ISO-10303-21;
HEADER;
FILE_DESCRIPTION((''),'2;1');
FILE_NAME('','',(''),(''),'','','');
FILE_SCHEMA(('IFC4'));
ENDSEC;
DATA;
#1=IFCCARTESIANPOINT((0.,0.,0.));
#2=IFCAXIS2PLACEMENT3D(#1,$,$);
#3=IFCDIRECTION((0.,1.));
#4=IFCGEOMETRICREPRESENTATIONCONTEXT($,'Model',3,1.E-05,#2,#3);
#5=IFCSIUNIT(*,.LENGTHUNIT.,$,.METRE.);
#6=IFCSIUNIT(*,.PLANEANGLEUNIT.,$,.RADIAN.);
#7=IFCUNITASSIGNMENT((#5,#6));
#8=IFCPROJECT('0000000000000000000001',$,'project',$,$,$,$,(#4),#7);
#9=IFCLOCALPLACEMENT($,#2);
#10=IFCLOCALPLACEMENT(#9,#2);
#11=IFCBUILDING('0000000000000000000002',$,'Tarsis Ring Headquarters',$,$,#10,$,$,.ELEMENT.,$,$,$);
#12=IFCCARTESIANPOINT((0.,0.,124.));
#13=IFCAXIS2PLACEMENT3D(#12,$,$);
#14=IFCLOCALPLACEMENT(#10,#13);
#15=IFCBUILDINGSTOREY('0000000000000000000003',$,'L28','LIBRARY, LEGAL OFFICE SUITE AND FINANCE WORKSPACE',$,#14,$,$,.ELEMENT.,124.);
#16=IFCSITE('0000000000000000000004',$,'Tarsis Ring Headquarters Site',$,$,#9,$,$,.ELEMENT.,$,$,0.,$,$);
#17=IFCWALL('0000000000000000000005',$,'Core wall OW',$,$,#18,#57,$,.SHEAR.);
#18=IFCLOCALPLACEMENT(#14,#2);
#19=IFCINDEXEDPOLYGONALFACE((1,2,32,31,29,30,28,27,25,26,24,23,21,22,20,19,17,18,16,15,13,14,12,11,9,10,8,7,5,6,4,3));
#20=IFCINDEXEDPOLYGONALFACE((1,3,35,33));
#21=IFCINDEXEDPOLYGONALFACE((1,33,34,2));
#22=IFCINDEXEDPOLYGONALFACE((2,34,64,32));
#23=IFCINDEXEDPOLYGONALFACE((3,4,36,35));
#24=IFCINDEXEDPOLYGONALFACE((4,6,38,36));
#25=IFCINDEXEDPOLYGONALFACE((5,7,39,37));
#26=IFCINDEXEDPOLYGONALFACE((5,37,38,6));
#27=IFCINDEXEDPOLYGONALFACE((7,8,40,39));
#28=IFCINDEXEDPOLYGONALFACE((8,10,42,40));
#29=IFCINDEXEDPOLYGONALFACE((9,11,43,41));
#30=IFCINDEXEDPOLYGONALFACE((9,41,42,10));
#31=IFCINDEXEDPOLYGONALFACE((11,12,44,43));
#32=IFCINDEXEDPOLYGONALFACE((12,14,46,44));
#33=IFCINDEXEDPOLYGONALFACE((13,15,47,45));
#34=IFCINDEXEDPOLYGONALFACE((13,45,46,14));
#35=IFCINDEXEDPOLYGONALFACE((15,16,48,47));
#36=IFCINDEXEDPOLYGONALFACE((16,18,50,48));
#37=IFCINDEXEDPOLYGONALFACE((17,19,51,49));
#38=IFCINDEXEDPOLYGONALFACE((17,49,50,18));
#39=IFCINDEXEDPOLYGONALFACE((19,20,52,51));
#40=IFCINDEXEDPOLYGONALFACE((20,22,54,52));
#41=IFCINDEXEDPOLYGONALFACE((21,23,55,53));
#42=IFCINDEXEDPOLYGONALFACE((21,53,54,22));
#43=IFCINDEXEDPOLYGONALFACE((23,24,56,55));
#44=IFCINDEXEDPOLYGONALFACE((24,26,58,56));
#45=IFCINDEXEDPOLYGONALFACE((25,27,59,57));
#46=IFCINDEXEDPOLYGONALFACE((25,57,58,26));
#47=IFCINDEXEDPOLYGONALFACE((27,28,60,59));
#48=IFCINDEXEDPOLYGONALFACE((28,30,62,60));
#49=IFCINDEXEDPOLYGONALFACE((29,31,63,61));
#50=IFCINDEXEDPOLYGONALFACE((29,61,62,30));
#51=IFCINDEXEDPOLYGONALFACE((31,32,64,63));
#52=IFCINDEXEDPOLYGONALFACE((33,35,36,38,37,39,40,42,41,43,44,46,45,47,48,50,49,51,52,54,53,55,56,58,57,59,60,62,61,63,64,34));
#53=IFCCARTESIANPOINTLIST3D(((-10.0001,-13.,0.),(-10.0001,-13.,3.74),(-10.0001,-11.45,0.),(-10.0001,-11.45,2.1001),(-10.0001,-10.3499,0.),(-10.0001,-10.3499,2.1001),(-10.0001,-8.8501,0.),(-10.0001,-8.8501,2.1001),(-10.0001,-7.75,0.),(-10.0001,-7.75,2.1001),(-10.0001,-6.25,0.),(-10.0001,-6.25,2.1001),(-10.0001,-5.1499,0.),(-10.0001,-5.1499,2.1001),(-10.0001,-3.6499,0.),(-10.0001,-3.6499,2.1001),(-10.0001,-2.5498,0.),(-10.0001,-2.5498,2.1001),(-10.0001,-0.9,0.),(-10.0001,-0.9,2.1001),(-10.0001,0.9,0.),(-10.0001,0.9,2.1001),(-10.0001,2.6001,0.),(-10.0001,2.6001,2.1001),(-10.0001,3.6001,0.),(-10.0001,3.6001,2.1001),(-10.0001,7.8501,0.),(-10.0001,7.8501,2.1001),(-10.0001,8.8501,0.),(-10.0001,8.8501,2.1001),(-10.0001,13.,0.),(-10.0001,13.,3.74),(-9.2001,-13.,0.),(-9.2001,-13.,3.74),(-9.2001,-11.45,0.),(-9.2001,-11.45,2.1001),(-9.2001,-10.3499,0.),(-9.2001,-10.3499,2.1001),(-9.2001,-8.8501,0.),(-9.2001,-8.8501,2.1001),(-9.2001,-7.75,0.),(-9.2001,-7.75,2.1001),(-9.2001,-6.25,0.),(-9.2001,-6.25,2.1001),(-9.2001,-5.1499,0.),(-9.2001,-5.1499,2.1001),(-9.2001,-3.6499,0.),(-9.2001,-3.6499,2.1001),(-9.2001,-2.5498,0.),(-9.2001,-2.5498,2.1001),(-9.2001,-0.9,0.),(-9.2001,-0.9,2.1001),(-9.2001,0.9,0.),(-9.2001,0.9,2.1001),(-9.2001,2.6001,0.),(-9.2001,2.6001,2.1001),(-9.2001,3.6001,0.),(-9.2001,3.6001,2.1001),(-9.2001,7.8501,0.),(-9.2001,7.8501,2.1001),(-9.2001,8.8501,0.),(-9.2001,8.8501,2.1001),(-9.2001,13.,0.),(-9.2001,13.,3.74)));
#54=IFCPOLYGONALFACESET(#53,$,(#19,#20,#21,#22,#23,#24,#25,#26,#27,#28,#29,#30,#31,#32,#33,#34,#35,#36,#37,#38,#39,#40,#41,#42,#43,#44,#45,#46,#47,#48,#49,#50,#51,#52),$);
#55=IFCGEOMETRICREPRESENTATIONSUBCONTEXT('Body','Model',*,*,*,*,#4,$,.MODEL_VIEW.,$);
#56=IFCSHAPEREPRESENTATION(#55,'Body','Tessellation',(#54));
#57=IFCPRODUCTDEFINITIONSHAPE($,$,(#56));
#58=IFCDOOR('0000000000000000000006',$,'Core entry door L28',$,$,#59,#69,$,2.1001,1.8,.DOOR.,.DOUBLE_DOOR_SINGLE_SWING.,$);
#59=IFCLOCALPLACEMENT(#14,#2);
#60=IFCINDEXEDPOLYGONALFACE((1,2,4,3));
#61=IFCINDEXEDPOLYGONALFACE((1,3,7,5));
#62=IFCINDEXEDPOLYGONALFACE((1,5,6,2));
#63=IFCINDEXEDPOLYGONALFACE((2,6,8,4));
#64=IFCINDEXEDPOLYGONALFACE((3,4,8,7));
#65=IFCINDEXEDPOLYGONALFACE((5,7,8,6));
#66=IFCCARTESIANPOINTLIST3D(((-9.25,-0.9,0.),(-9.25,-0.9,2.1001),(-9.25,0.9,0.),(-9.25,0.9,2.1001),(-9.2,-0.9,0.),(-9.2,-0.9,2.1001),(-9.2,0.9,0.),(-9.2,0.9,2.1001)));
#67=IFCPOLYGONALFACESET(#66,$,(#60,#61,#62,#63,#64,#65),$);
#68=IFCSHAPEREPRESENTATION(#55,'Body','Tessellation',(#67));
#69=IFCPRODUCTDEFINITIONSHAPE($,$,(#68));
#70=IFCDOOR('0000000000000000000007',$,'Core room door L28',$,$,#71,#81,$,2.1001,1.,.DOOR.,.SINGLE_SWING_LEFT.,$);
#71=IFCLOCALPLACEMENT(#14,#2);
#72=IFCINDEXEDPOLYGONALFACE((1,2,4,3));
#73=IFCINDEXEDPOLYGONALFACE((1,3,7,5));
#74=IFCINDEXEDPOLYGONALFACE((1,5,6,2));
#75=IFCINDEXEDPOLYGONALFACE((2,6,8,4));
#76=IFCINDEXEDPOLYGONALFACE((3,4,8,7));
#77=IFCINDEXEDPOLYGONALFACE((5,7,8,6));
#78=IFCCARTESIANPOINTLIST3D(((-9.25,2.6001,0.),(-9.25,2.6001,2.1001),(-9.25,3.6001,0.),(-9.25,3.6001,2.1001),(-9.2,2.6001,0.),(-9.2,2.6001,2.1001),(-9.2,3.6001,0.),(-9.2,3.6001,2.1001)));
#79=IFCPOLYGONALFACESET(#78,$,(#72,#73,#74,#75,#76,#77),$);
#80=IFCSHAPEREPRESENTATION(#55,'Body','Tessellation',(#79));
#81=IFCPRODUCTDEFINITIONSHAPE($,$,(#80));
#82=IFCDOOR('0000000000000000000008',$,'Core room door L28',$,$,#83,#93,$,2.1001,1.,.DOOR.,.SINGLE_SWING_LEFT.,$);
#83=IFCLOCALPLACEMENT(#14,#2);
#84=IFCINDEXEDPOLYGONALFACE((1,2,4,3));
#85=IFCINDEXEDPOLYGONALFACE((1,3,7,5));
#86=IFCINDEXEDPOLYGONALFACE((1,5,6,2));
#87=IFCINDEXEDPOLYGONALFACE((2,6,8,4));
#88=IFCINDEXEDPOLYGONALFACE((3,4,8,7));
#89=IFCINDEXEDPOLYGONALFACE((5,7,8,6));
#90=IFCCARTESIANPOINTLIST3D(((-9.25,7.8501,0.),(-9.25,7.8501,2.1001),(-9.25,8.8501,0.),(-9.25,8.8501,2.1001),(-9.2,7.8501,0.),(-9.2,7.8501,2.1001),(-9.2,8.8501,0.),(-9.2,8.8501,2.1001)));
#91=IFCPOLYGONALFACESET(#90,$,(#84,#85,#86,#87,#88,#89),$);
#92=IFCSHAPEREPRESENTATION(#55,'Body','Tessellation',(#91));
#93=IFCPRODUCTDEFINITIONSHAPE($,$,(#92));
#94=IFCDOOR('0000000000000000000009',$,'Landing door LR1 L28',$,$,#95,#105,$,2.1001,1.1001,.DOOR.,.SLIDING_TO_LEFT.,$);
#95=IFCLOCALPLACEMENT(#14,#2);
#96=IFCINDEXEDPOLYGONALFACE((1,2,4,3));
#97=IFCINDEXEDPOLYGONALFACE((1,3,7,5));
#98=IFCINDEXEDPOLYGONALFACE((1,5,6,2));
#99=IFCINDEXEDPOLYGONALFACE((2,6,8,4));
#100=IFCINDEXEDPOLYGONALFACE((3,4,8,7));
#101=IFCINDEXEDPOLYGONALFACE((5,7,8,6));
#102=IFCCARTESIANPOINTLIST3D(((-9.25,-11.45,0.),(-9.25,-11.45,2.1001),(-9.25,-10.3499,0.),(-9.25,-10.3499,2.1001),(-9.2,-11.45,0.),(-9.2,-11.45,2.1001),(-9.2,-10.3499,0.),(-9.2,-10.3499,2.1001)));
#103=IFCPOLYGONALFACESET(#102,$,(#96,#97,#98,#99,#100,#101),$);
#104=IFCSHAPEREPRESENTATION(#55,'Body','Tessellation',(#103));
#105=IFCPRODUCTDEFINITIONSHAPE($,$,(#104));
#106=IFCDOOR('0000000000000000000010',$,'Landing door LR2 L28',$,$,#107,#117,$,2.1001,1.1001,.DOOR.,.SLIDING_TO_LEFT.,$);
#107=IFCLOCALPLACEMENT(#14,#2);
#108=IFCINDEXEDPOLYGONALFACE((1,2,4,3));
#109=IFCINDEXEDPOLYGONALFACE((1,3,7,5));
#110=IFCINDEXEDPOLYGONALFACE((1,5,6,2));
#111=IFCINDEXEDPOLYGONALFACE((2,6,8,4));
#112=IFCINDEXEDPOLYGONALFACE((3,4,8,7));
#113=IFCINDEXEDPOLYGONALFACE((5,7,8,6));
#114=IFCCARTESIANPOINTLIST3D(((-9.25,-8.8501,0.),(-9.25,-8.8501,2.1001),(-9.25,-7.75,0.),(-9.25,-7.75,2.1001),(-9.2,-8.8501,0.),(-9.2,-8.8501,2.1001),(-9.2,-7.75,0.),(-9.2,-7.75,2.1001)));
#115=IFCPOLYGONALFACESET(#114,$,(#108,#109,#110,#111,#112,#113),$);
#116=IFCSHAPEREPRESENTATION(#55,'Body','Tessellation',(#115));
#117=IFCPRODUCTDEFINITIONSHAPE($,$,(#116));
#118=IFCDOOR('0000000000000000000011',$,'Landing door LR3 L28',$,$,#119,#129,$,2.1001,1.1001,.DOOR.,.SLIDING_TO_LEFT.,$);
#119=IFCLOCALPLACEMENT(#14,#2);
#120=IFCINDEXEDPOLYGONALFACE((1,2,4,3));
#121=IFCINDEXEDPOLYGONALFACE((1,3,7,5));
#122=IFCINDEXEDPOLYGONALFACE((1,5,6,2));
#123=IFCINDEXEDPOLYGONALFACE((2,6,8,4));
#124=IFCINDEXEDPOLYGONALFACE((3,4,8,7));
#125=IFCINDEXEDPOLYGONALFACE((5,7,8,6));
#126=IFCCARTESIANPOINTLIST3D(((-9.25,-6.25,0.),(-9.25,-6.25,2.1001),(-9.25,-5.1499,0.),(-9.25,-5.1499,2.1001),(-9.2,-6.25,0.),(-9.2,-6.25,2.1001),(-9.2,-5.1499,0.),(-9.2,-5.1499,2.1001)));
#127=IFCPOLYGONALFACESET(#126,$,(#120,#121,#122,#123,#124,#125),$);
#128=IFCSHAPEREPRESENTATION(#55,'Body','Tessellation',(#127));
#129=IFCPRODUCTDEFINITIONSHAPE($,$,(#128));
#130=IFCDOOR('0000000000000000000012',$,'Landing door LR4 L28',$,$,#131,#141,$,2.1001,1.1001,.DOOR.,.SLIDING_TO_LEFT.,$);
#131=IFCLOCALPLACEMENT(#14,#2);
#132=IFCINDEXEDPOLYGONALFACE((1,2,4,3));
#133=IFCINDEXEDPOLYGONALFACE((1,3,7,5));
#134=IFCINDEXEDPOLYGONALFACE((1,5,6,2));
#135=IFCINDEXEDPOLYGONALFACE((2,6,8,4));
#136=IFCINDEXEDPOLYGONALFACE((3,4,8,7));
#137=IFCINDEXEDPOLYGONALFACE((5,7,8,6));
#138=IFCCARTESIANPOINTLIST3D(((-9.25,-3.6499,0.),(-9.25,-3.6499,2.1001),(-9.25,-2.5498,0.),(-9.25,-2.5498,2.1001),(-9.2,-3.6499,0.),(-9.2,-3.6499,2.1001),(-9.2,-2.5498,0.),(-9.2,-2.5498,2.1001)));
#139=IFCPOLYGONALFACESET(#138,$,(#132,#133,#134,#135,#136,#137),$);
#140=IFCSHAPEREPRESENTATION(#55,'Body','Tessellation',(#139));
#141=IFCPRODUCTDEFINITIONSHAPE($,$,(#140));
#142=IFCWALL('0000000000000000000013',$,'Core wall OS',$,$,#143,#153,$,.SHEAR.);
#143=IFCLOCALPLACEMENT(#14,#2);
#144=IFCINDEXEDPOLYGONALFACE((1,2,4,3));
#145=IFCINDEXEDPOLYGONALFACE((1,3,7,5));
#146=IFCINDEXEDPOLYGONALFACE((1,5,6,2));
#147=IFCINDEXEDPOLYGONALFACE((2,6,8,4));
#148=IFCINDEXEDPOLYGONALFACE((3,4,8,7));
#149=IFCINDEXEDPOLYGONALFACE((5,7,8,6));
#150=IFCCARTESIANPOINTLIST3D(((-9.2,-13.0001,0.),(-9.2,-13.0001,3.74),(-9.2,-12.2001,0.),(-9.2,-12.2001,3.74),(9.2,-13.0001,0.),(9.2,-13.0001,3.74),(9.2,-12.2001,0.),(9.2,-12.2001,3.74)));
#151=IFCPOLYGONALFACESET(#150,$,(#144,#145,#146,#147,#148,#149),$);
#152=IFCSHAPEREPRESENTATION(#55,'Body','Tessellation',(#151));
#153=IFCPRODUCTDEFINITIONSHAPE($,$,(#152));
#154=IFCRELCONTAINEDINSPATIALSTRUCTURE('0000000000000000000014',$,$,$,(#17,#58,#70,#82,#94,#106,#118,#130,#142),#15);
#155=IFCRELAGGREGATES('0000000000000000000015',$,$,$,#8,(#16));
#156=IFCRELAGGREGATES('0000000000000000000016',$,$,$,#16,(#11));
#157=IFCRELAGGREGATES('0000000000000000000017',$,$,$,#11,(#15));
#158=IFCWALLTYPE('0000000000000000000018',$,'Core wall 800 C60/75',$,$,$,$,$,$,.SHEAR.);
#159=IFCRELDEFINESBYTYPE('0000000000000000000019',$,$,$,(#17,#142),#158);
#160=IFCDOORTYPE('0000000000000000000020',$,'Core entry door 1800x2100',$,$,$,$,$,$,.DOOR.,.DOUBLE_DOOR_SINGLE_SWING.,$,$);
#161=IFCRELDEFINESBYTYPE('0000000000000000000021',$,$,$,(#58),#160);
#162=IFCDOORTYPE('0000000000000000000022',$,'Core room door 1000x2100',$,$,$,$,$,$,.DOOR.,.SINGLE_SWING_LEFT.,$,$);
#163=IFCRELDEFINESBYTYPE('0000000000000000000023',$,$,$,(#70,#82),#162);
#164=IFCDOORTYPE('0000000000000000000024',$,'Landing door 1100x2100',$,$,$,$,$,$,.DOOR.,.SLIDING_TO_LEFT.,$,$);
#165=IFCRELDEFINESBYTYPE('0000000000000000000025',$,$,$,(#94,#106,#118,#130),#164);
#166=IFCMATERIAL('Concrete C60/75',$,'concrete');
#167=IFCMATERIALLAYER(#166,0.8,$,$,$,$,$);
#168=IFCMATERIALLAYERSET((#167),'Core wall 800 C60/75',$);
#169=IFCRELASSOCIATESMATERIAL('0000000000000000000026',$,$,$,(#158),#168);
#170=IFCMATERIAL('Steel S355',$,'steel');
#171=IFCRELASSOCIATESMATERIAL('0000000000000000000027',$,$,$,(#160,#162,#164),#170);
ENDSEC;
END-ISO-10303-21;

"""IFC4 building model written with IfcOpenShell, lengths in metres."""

from ifc_helpers import new_model, si_unit, direction, frame, frame_2d, origin, place, context, subcontext, project, spatial, rectangle, extrude, material, layer, layer_set, type_object, element, fill, save


model = new_model("IFC4")

# Units and contexts
model_context = context("Model", 3, precision=1e-05, world=origin(), true_north=direction((0.0, 1.0)))
body_context = subcontext(model_context, "Body", "Model", "MODEL_VIEW")
ifc_project = project(units=[si_unit("LENGTHUNIT", "METRE"), si_unit("PLANEANGLEUNIT", "RADIAN")], contexts=[model_context])

# Site, building, storey
site_placement = place(None, origin())
site = spatial("IfcSite", under=ifc_project, at=site_placement, Name="Tarsis Ring Headquarters Site", CompositionType="ELEMENT", RefElevation=0.0)
building_placement = place(site_placement, origin())
building = spatial("IfcBuilding", under=site, at=building_placement, Name="Tarsis Ring Headquarters", CompositionType="ELEMENT")
storey_placement = place(building_placement, frame((0.0, 0.0, 124.0)))
storey = spatial("IfcBuildingStorey", under=building, at=storey_placement, Name="L28", Description="LIBRARY, LEGAL OFFICE SUITE AND FINANCE WORKSPACE", CompositionType="ELEMENT", Elevation=124.0)

# Wall, openings, doors
ifc_material_1 = material(Name="Concrete C60/75", Category="concrete")
ifc_layer_1 = layer(ifc_material_1, 0.8)
ifc_layer_set_1 = layer_set([ifc_layer_1], Name="Core wall 800 C60/75")
wall_type_1 = type_object("IfcWallType", Name="Core wall 800 C60/75", PredefinedType="SHEAR", material=ifc_layer_set_1)
wall_1_placement = place(storey_placement, frame((-9.6001, -13.0, 0.0), z_axis=(0.0, 0.0, 1.0), x_axis=(0.0, 1.0, 0.0)))
wall_1 = element("IfcWall", 1, at=wall_1_placement, inside=storey, type_object=wall_type_1, Name="Core wall OW", PredefinedType="SHEAR", context=body_context, shape_type="SweptSolid", body=[
    extrude(rectangle(XDim=26.0, YDim=0.8, at=frame_2d((13.0, 0.0))), origin(), (0.0, 0.0, 1.0), 3.74),
])
opening_1_placement = place(wall_1_placement, frame((1.55, 0.0, 0.0)))
opening_1 = element("IfcOpeningElement", 2, at=opening_1_placement, cuts=wall_1, PredefinedType="OPENING", context=body_context, shape_type="SweptSolid", body=[
    extrude(rectangle(XDim=1.1001, YDim=2.1001, at=frame_2d((0.55, 1.05))), frame((0.0, 0.4099, 0.0), z_axis=(0.0, -1.0, 0.0), x_axis=(1.0, 0.0, 0.0)), (0.0, 0.0, 1.0), 0.8201),
])
opening_2_placement = place(wall_1_placement, frame((4.1499, 0.0, 0.0)))
opening_2 = element("IfcOpeningElement", 3, at=opening_2_placement, cuts=wall_1, PredefinedType="OPENING", context=body_context, shape_type="SweptSolid", body=[
    extrude(rectangle(XDim=1.1001, YDim=2.1001, at=frame_2d((0.55, 1.05))), frame((0.0, 0.4099, 0.0), z_axis=(0.0, -1.0, 0.0), x_axis=(1.0, 0.0, 0.0)), (0.0, 0.0, 1.0), 0.8201),
])
opening_3_placement = place(wall_1_placement, frame((6.75, 0.0, 0.0)))
opening_3 = element("IfcOpeningElement", 4, at=opening_3_placement, cuts=wall_1, PredefinedType="OPENING", context=body_context, shape_type="SweptSolid", body=[
    extrude(rectangle(XDim=1.1001, YDim=2.1001, at=frame_2d((0.55, 1.05))), frame((0.0, 0.4099, 0.0), z_axis=(0.0, -1.0, 0.0), x_axis=(1.0, 0.0, 0.0)), (0.0, 0.0, 1.0), 0.8201),
])
opening_4_placement = place(wall_1_placement, frame((9.3501, 0.0, 0.0)))
opening_4 = element("IfcOpeningElement", 5, at=opening_4_placement, cuts=wall_1, PredefinedType="OPENING", context=body_context, shape_type="SweptSolid", body=[
    extrude(rectangle(XDim=1.1001, YDim=2.1001, at=frame_2d((0.55, 1.05))), frame((0.0, 0.4099, 0.0), z_axis=(0.0, -1.0, 0.0), x_axis=(1.0, 0.0, 0.0)), (0.0, 0.0, 1.0), 0.8201),
])
opening_5_placement = place(wall_1_placement, frame((12.1001, 0.0, 0.0)))
opening_5 = element("IfcOpeningElement", 6, at=opening_5_placement, cuts=wall_1, PredefinedType="OPENING", context=body_context, shape_type="SweptSolid", body=[
    extrude(rectangle(XDim=1.8, YDim=2.1001, at=frame_2d((0.8999, 1.05))), frame((0.0, 0.4099, 0.0), z_axis=(0.0, -1.0, 0.0), x_axis=(1.0, 0.0, 0.0)), (0.0, 0.0, 1.0), 0.8201),
])
opening_6_placement = place(wall_1_placement, frame((15.6001, 0.0, 0.0)))
opening_6 = element("IfcOpeningElement", 7, at=opening_6_placement, cuts=wall_1, PredefinedType="OPENING", context=body_context, shape_type="SweptSolid", body=[
    extrude(rectangle(XDim=1.0, YDim=2.1001, at=frame_2d((0.5, 1.05))), frame((0.0, 0.4099, 0.0), z_axis=(0.0, -1.0, 0.0), x_axis=(1.0, 0.0, 0.0)), (0.0, 0.0, 1.0), 0.8201),
])
opening_7_placement = place(wall_1_placement, frame((20.8501, 0.0, 0.0)))
opening_7 = element("IfcOpeningElement", 8, at=opening_7_placement, cuts=wall_1, PredefinedType="OPENING", context=body_context, shape_type="SweptSolid", body=[
    extrude(rectangle(XDim=1.0, YDim=2.1001, at=frame_2d((0.5, 1.05))), frame((0.0, 0.4099, 0.0), z_axis=(0.0, -1.0, 0.0), x_axis=(1.0, 0.0, 0.0)), (0.0, 0.0, 1.0), 0.8201),
])
ifc_material_2 = material(Name="Steel S355", Category="steel")
door_type_1 = type_object("IfcDoorType", Name="Core entry door 1800x2100", OperationType="DOUBLE_DOOR_SINGLE_SWING", PredefinedType="DOOR", material=ifc_material_2)
door_1_placement = place(opening_5_placement, origin())
door_1 = element("IfcDoor", 9, at=door_1_placement, inside=storey, type_object=door_type_1, Name="Core entry door L28", OperationType="DOUBLE_DOOR_SINGLE_SWING", OverallHeight=2.1001, OverallWidth=1.8, PredefinedType="DOOR", context=body_context, shape_type="SweptSolid", body=[
    extrude(rectangle(XDim=1.8, YDim=2.1001, at=frame_2d((0.8999, 1.05))), frame((0.0, -0.3501, 0.0), z_axis=(0.0, -1.0, 0.0), x_axis=(1.0, 0.0, 0.0)), (0.0, 0.0, 1.0), 0.05),
])
fill(opening_5, door_1)
door_type_2 = type_object("IfcDoorType", Name="Core room door 1000x2100", OperationType="SINGLE_SWING_LEFT", PredefinedType="DOOR", material=ifc_material_2)
door_2_placement = place(opening_6_placement, origin())
door_2 = element("IfcDoor", 10, at=door_2_placement, inside=storey, type_object=door_type_2, Name="Core room door L28", OperationType="SINGLE_SWING_LEFT", OverallHeight=2.1001, OverallWidth=1.0, PredefinedType="DOOR", context=body_context, shape_type="SweptSolid", body=[
    extrude(rectangle(XDim=1.0, YDim=2.1001, at=frame_2d((0.5, 1.05))), frame((0.0, -0.3501, 0.0), z_axis=(0.0, -1.0, 0.0), x_axis=(1.0, 0.0, 0.0)), (0.0, 0.0, 1.0), 0.05),
])
fill(opening_6, door_2)
door_3_placement = place(opening_7_placement, origin())
door_3 = element("IfcDoor", 11, at=door_3_placement, inside=storey, type_object=door_type_2, Name="Core room door L28", OperationType="SINGLE_SWING_LEFT", OverallHeight=2.1001, OverallWidth=1.0, PredefinedType="DOOR", context=body_context, shape_type="SweptSolid", body=[
    extrude(rectangle(XDim=1.0, YDim=2.1001, at=frame_2d((0.5, 1.05))), frame((0.0, -0.3501, 0.0), z_axis=(0.0, -1.0, 0.0), x_axis=(1.0, 0.0, 0.0)), (0.0, 0.0, 1.0), 0.05),
])
fill(opening_7, door_3)
door_type_3 = type_object("IfcDoorType", Name="Landing door 1100x2100", OperationType="SLIDING_TO_LEFT", PredefinedType="DOOR", material=ifc_material_2)
door_4_placement = place(opening_1_placement, origin())
door_4 = element("IfcDoor", 12, at=door_4_placement, inside=storey, type_object=door_type_3, Name="Landing door LR1 L28", OperationType="SLIDING_TO_LEFT", OverallHeight=2.1001, OverallWidth=1.1001, PredefinedType="DOOR", context=body_context, shape_type="SweptSolid", body=[
    extrude(rectangle(XDim=1.1001, YDim=2.1001, at=frame_2d((0.55, 1.05))), frame((0.0, -0.3501, 0.0), z_axis=(0.0, -1.0, 0.0), x_axis=(1.0, 0.0, 0.0)), (0.0, 0.0, 1.0), 0.05),
])
fill(opening_1, door_4)
door_5_placement = place(opening_2_placement, origin())
door_5 = element("IfcDoor", 13, at=door_5_placement, inside=storey, type_object=door_type_3, Name="Landing door LR2 L28", OperationType="SLIDING_TO_LEFT", OverallHeight=2.1001, OverallWidth=1.1001, PredefinedType="DOOR", context=body_context, shape_type="SweptSolid", body=[
    extrude(rectangle(XDim=1.1001, YDim=2.1001, at=frame_2d((0.55, 1.05))), frame((0.0, -0.3501, 0.0), z_axis=(0.0, -1.0, 0.0), x_axis=(1.0, 0.0, 0.0)), (0.0, 0.0, 1.0), 0.05),
])
fill(opening_2, door_5)
door_6_placement = place(opening_3_placement, origin())
door_6 = element("IfcDoor", 14, at=door_6_placement, inside=storey, type_object=door_type_3, Name="Landing door LR3 L28", OperationType="SLIDING_TO_LEFT", OverallHeight=2.1001, OverallWidth=1.1001, PredefinedType="DOOR", context=body_context, shape_type="SweptSolid", body=[
    extrude(rectangle(XDim=1.1001, YDim=2.1001, at=frame_2d((0.55, 1.05))), frame((0.0, -0.3501, 0.0), z_axis=(0.0, -1.0, 0.0), x_axis=(1.0, 0.0, 0.0)), (0.0, 0.0, 1.0), 0.05),
])
fill(opening_3, door_6)
door_7_placement = place(opening_4_placement, origin())
door_7 = element("IfcDoor", 15, at=door_7_placement, inside=storey, type_object=door_type_3, Name="Landing door LR4 L28", OperationType="SLIDING_TO_LEFT", OverallHeight=2.1001, OverallWidth=1.1001, PredefinedType="DOOR", context=body_context, shape_type="SweptSolid", body=[
    extrude(rectangle(XDim=1.1001, YDim=2.1001, at=frame_2d((0.55, 1.05))), frame((0.0, -0.3501, 0.0), z_axis=(0.0, -1.0, 0.0), x_axis=(1.0, 0.0, 0.0)), (0.0, 0.0, 1.0), 0.05),
])
fill(opening_4, door_7)

# Wall
wall_2_placement = place(storey_placement, frame((-9.2, -12.6001, 0.0), z_axis=(0.0, 0.0, 1.0), x_axis=(1.0, 0.0, 0.0)))
element("IfcWall", 16, at=wall_2_placement, inside=storey, type_object=wall_type_1, Name="Core wall OS", PredefinedType="SHEAR", context=body_context, shape_type="SweptSolid", body=[
    extrude(rectangle(XDim=18.3999, YDim=0.8, at=frame_2d((9.2, 0.0))), origin(), (0.0, 0.0, 1.0), 3.74),
])

save(model, "model.ifc")
